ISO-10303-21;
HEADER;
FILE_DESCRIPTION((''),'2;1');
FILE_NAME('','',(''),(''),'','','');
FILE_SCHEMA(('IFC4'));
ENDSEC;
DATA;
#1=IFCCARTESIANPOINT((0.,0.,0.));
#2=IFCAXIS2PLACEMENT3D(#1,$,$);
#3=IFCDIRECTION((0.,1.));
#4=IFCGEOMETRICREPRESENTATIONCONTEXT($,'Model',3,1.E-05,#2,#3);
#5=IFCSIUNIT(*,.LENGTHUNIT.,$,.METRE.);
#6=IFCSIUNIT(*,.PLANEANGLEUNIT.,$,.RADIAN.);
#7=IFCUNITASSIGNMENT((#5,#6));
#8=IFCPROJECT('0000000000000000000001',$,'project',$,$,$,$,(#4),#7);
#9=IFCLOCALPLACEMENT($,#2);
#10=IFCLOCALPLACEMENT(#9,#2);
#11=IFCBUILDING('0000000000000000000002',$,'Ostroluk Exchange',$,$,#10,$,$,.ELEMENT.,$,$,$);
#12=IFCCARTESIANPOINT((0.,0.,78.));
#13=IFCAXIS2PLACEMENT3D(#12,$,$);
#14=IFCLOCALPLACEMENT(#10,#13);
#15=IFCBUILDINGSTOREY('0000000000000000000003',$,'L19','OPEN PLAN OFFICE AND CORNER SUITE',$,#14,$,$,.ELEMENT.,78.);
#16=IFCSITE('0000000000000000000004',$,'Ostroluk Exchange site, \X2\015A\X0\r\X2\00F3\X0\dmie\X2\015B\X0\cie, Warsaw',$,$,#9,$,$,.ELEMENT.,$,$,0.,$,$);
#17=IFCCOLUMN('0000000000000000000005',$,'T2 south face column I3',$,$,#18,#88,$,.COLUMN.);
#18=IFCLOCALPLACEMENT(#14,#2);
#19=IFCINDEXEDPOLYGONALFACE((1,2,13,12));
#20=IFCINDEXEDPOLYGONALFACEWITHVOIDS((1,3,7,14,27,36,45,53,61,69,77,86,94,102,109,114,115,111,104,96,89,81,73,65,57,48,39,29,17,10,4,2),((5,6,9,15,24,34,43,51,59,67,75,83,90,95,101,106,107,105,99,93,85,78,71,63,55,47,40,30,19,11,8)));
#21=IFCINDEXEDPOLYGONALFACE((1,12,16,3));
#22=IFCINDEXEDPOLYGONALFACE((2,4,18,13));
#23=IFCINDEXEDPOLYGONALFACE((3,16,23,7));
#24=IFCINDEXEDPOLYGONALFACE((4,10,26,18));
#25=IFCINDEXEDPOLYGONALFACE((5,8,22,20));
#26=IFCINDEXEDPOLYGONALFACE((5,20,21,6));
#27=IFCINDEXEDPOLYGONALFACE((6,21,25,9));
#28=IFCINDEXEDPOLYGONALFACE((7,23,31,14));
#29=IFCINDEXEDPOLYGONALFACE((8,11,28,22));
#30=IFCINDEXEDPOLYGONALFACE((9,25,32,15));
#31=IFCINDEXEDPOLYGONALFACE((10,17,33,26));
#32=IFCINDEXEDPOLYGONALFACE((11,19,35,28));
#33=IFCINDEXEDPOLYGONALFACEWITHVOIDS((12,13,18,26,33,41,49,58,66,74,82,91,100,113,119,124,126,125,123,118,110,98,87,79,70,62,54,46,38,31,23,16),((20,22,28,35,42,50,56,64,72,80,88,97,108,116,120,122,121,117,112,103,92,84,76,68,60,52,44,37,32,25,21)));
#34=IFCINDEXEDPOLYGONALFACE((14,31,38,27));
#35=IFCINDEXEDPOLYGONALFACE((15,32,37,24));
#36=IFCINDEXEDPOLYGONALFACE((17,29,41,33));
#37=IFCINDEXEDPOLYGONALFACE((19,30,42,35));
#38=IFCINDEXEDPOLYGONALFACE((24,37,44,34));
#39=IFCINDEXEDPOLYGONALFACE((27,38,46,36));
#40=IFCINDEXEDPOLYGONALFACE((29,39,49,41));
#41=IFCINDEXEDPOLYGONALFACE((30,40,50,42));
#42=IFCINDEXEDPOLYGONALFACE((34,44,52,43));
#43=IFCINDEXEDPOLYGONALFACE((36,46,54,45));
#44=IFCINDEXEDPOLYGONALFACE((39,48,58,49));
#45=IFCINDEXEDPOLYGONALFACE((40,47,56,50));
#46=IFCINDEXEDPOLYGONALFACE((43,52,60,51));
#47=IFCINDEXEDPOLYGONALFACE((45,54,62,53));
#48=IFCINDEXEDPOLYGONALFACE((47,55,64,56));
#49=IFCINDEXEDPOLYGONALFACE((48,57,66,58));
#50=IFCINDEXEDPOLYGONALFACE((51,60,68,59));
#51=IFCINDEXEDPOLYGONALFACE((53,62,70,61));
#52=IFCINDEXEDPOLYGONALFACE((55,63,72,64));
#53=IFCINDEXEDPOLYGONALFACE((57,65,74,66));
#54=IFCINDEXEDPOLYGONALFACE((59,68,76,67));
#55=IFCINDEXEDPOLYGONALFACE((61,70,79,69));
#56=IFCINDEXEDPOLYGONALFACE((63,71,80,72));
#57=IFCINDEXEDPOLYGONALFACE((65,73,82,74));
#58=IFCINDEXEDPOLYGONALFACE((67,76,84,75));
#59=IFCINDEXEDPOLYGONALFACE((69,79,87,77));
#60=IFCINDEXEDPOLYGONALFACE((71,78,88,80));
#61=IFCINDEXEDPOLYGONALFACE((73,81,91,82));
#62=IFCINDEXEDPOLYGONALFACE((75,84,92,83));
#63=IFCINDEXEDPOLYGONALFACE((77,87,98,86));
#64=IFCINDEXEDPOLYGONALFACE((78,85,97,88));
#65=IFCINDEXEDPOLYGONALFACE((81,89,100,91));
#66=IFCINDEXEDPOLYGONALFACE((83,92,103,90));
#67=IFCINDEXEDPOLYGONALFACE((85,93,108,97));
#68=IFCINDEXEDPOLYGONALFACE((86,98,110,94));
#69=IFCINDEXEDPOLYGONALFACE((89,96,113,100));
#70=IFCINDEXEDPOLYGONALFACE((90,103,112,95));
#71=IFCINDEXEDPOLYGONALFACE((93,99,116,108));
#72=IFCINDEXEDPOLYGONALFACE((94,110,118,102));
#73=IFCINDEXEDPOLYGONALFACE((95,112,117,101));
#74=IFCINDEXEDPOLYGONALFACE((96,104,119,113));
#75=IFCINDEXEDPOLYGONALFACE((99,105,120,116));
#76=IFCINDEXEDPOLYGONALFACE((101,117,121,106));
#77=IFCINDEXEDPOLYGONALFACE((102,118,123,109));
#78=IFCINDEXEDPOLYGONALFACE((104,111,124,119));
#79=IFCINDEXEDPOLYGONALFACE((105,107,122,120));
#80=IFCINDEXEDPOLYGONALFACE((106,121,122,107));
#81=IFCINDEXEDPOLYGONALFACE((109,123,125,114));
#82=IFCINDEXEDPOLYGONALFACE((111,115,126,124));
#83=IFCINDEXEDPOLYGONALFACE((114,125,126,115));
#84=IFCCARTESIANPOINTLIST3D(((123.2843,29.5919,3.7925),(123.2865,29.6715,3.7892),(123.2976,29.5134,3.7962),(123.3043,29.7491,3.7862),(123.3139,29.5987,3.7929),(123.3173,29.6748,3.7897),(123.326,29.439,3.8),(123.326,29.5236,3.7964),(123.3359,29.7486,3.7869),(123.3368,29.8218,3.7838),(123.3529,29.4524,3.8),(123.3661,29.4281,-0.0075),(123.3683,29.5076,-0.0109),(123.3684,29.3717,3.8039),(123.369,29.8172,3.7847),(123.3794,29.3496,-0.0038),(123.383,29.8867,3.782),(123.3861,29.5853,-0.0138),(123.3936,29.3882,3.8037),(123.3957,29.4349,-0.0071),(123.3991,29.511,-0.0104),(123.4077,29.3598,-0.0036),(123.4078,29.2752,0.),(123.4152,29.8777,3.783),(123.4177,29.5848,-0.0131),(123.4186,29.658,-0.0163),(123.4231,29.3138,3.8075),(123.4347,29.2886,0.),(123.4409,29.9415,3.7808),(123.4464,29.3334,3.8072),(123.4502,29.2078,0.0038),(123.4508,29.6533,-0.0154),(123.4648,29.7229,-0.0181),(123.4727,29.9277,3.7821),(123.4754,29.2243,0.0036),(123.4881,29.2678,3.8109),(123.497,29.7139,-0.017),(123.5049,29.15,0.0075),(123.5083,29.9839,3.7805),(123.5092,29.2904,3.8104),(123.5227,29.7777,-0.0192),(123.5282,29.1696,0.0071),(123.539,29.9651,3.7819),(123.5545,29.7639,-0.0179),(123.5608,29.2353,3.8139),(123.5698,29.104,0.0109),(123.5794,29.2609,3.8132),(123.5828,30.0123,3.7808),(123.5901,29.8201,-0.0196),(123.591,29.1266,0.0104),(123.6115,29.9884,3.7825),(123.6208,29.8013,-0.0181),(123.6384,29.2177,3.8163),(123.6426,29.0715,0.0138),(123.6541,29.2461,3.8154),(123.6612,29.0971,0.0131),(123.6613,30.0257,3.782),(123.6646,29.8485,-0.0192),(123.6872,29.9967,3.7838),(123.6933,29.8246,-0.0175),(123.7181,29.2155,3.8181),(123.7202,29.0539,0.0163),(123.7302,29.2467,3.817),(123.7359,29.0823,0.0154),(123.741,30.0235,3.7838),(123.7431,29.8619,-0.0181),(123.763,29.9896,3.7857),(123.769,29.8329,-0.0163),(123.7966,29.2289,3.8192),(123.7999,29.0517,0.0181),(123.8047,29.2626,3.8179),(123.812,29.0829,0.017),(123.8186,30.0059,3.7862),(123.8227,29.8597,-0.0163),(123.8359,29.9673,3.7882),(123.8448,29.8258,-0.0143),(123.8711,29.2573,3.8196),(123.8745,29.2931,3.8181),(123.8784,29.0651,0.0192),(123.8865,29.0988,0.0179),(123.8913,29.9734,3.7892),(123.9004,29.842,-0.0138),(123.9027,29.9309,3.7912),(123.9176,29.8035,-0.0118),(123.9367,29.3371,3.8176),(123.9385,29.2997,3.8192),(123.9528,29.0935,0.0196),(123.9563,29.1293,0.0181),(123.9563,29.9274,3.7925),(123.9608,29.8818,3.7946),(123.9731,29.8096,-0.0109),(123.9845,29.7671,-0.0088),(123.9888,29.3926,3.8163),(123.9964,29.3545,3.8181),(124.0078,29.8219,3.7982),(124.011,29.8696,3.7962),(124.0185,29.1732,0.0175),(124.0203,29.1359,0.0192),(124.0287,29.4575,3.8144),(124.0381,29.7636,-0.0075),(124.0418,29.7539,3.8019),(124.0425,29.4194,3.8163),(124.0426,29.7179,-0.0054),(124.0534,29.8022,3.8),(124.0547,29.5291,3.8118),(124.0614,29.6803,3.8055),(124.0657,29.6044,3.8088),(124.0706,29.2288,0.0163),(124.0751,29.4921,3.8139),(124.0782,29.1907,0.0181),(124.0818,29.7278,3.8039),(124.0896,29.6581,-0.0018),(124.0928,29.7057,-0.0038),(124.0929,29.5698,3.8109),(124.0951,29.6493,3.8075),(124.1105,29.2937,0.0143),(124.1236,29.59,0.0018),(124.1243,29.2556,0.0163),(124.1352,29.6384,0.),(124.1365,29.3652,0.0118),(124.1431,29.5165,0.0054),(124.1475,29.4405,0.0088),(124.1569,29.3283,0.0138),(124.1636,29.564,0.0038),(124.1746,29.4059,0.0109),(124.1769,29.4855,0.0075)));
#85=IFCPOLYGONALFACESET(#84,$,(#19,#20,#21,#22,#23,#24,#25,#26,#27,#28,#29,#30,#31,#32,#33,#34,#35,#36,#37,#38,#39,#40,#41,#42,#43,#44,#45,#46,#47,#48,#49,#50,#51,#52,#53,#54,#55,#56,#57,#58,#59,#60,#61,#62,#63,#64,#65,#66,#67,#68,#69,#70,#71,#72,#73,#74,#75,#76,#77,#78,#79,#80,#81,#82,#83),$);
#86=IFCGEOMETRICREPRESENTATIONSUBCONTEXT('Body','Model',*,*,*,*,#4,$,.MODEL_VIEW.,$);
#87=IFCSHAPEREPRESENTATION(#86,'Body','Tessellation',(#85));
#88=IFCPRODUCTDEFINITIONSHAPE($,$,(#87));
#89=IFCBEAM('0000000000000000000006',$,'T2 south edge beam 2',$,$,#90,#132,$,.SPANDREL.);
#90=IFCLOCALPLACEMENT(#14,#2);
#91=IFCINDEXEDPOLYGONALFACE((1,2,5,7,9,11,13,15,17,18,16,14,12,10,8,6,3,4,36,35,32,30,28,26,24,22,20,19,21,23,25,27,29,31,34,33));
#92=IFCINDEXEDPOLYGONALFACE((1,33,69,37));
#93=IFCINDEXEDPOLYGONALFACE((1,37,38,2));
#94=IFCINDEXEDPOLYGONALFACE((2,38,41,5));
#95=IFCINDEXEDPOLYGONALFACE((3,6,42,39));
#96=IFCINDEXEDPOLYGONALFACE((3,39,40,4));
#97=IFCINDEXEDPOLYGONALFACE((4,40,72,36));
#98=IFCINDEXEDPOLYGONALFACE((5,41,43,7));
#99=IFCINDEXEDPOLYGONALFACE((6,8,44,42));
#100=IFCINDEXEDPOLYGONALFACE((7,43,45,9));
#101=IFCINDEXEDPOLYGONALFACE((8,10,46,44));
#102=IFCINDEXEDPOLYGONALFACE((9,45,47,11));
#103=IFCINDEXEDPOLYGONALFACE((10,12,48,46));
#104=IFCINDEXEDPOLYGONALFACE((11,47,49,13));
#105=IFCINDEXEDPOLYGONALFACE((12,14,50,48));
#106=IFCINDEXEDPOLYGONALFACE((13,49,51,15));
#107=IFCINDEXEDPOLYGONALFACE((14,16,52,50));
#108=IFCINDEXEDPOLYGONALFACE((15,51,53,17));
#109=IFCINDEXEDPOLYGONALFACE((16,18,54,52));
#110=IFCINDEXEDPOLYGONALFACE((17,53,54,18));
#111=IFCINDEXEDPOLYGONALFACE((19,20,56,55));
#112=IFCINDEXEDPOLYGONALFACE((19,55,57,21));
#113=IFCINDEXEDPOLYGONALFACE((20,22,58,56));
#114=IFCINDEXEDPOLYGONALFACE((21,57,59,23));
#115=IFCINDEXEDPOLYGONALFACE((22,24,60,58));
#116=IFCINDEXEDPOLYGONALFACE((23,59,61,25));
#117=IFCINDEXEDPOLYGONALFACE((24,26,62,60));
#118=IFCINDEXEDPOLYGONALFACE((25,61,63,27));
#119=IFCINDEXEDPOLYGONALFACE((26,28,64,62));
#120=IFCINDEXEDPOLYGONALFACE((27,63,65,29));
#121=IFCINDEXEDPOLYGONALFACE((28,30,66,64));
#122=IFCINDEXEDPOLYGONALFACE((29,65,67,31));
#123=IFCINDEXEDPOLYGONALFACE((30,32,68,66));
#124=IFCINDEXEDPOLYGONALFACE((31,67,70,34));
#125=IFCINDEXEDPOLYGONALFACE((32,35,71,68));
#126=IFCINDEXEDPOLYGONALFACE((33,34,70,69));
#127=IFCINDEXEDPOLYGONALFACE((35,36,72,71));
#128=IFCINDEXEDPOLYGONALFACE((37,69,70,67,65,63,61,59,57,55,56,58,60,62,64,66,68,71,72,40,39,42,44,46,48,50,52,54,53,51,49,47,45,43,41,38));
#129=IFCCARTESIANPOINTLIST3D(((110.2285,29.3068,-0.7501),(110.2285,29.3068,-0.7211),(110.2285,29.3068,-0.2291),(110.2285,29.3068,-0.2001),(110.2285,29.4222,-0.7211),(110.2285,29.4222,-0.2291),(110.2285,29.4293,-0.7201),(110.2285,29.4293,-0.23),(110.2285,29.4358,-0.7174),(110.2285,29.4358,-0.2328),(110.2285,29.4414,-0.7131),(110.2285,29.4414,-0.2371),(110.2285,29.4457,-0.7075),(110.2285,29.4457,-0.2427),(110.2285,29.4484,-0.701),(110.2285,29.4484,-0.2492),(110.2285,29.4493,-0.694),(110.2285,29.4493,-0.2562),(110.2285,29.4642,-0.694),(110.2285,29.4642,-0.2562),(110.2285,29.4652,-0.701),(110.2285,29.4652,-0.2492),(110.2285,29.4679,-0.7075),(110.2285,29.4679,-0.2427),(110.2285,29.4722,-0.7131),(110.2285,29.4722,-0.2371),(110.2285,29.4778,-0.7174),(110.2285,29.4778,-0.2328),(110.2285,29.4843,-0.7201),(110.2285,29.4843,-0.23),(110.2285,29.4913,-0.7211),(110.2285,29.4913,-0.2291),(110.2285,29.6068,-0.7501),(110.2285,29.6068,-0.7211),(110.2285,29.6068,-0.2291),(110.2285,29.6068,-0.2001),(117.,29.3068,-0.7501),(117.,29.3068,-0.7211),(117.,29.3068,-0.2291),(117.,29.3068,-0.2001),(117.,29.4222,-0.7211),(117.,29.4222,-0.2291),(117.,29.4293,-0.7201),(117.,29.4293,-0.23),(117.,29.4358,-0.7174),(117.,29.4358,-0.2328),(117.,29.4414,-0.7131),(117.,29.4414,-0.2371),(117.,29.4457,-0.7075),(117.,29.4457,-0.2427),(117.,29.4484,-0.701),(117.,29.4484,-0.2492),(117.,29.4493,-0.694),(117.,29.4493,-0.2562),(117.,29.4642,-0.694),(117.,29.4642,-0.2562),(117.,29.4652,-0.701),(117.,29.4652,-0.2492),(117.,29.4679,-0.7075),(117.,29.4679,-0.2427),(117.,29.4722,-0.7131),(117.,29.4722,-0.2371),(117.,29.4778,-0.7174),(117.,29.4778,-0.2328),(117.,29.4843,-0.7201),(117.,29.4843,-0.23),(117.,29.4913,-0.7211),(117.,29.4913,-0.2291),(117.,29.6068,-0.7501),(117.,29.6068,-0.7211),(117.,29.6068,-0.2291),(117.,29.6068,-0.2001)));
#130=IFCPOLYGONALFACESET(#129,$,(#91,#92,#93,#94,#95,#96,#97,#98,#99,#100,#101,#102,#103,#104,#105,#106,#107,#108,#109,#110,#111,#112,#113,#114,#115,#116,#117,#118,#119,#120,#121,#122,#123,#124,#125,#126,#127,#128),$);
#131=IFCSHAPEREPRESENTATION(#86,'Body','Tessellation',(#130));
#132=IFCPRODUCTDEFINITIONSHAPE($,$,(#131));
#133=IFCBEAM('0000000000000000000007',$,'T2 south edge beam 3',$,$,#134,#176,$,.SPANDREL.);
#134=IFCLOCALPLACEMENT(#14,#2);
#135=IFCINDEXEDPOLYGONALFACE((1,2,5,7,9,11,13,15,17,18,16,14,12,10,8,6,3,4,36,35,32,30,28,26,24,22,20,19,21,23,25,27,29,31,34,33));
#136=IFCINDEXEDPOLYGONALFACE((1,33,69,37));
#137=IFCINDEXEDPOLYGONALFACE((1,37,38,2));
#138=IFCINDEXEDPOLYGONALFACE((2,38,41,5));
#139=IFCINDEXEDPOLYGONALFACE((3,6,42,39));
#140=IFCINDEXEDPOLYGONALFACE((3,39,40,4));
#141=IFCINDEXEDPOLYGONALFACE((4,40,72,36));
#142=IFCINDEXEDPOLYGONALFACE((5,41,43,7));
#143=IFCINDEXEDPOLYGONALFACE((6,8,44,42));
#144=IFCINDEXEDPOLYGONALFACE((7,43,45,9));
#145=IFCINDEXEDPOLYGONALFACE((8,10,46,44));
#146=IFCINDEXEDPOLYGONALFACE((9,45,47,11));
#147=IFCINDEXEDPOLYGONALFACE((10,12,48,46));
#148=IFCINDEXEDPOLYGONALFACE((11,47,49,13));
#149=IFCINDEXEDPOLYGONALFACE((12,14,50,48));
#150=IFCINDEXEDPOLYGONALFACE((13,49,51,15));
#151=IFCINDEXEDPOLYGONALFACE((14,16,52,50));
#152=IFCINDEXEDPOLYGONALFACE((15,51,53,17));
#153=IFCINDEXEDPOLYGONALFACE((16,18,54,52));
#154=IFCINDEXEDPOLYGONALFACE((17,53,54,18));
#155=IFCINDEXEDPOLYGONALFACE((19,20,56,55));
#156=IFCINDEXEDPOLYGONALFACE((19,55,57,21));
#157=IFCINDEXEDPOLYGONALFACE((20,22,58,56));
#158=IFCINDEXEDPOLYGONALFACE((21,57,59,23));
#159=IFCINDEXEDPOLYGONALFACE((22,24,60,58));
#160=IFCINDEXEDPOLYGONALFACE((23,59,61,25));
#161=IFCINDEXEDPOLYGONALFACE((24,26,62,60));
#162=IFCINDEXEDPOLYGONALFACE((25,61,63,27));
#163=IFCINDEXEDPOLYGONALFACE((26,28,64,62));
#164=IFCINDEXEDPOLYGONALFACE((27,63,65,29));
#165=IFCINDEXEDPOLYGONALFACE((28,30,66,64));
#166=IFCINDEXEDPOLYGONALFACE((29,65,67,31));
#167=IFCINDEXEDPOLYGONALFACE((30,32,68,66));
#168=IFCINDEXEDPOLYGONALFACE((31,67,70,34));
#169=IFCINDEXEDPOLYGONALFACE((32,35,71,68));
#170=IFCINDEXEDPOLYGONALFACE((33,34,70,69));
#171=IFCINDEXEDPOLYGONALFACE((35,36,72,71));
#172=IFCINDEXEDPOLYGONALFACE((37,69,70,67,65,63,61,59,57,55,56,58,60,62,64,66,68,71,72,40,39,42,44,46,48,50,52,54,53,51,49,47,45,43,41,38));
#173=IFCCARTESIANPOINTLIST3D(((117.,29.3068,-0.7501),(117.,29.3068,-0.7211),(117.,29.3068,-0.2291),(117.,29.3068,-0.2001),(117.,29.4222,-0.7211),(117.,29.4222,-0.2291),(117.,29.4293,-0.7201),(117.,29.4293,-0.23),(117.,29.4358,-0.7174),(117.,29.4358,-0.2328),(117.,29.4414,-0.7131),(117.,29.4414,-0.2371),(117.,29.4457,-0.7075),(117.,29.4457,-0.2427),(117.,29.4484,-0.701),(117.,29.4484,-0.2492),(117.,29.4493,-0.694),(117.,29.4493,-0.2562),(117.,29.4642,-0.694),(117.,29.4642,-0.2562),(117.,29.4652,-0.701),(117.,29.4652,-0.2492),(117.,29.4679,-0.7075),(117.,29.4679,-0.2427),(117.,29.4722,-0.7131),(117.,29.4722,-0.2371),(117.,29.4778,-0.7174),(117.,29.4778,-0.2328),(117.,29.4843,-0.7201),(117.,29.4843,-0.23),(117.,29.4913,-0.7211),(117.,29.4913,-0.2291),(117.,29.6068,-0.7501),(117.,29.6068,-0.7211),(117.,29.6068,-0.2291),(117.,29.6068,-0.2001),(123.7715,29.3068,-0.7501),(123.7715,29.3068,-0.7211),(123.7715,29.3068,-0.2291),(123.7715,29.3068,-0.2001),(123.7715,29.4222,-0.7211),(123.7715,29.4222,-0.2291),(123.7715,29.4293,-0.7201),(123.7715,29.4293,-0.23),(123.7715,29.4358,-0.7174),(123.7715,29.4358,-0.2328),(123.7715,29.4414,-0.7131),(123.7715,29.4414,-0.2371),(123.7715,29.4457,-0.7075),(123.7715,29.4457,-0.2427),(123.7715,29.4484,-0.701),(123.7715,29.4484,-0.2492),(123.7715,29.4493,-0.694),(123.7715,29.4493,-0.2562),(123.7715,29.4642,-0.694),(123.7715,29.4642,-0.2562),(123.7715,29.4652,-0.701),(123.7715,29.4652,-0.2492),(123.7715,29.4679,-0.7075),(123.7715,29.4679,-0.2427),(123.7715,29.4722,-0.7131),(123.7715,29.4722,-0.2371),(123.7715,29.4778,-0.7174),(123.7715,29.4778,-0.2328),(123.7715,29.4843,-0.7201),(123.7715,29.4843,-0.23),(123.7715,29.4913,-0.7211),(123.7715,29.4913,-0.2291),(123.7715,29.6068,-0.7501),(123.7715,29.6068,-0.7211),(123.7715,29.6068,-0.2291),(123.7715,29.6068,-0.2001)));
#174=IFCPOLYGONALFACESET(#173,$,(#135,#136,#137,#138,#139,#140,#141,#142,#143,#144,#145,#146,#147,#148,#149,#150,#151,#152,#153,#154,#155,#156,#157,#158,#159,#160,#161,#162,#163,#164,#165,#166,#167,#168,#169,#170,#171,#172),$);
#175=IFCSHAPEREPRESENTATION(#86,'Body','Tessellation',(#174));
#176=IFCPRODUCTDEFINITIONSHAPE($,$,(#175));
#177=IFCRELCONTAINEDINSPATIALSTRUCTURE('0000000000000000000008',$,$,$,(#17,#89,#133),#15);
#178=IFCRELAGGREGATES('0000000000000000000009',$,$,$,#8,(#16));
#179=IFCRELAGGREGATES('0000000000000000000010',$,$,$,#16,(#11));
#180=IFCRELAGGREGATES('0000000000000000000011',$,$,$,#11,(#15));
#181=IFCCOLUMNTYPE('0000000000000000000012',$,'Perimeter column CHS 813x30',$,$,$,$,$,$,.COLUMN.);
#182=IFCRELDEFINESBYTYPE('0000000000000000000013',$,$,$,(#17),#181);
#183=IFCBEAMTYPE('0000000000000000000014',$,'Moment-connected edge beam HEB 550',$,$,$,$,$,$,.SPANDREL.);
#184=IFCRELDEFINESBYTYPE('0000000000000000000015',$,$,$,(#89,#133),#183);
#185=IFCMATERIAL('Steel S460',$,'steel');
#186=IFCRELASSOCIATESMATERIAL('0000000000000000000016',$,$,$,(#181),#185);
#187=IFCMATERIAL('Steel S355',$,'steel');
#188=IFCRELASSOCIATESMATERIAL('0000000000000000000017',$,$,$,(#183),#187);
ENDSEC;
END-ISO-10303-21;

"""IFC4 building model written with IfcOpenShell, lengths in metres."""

from ifc_helpers import new_model, si_unit, direction, frame, origin, origin_2d, place, context, subcontext, project, spatial, hollow_circle, i_section, extrude, material, material_profile, profile_set, type_object, element, save


model = new_model("IFC4")

# Units and contexts
model_context = context("Model", 3, precision=1e-05, world=origin(), true_north=direction((0.0, 1.0)))
body_context = subcontext(model_context, "Body", "Model", "MODEL_VIEW")
ifc_project = project(units=[si_unit("LENGTHUNIT", "METRE"), si_unit("PLANEANGLEUNIT", "RADIAN")], contexts=[model_context])

# Site, building, storey
site_placement = place(None, origin())
site = spatial("IfcSite", under=ifc_project, at=site_placement, Name="Ostroluk Exchange site, Śródmieście, Warsaw", CompositionType="ELEMENT", RefElevation=0.0)
building_placement = place(site_placement, origin())
building = spatial("IfcBuilding", under=site, at=building_placement, Name="Ostroluk Exchange", CompositionType="ELEMENT")
storey_placement = place(building_placement, frame((0.0, 0.0, 78.0)))
storey = spatial("IfcBuildingStorey", under=building, at=storey_placement, Name="L19", Description="OPEN PLAN OFFICE AND CORNER SUITE", CompositionType="ELEMENT", Elevation=78.0)

# Column
ifc_material_1 = material(Name="Steel S460", Category="steel")
ifc_material_profile_1 = material_profile(ifc_material_1, hollow_circle(Radius=0.4065, WallThickness=0.03, at=origin_2d()), Name="CHS 813x30")
ifc_profile_set_1 = profile_set([ifc_material_profile_1], Name="Steel S460")
column_type = type_object("IfcColumnType", Name="Perimeter column CHS 813x30", PredefinedType="COLUMN", material=ifc_profile_set_1)
column_1_placement = place(storey_placement, frame((123.7715, 29.4568, 0.0), z_axis=(-0.021498, 0.04306, 0.998841), x_axis=(-0.894694, -0.44668, 0.0)))
element("IfcColumn", 1, at=column_1_placement, inside=storey, type_object=column_type, Name="T2 south face column I3", PredefinedType="COLUMN", context=body_context, shape_type="SweptSolid", body=[
    extrude(hollow_circle(Radius=0.4065, WallThickness=0.03, at=origin_2d()), origin(), (0.0, 0.0, 1.0), 3.8044),
])

# Beams
ifc_material_2 = material(Name="Steel S355", Category="steel")
ifc_material_profile_2 = material_profile(ifc_material_2, i_section(OverallWidth=0.3, OverallDepth=0.55, WebThickness=0.0149, FlangeThickness=0.0291, FilletRadius=0.0271, at=origin_2d()), Name="HEB 550")
ifc_profile_set_2 = profile_set([ifc_material_profile_2], Name="Steel S355")
beam_type = type_object("IfcBeamType", Name="Moment-connected edge beam HEB 550", PredefinedType="SPANDREL", material=ifc_profile_set_2)
for number, where, z_axis, x_axis, name in (
    (2, (110.2285, 29.4568, -0.4751), (1.0, 0.0, 0.0), (0.0, 1.0, 0.0), "T2 south edge beam 2"),
    (3, (117.0, 29.4568, -0.4751), (1.0, 0.0, 0.0), (0.0, 1.0, 0.0), "T2 south edge beam 3"),
):
    element("IfcBeam", number, at=place(storey_placement, frame(where, z_axis=z_axis, x_axis=x_axis)), inside=storey, type_object=beam_type, Name=name, PredefinedType="SPANDREL", context=body_context, shape_type="SweptSolid", body=[
        extrude(i_section(OverallWidth=0.3, OverallDepth=0.55, WebThickness=0.0149, FlangeThickness=0.0291, FilletRadius=0.0271, at=origin_2d()), origin(), (0.0, 0.0, 1.0), 6.7715),
    ])

save(model, "model.ifc")
